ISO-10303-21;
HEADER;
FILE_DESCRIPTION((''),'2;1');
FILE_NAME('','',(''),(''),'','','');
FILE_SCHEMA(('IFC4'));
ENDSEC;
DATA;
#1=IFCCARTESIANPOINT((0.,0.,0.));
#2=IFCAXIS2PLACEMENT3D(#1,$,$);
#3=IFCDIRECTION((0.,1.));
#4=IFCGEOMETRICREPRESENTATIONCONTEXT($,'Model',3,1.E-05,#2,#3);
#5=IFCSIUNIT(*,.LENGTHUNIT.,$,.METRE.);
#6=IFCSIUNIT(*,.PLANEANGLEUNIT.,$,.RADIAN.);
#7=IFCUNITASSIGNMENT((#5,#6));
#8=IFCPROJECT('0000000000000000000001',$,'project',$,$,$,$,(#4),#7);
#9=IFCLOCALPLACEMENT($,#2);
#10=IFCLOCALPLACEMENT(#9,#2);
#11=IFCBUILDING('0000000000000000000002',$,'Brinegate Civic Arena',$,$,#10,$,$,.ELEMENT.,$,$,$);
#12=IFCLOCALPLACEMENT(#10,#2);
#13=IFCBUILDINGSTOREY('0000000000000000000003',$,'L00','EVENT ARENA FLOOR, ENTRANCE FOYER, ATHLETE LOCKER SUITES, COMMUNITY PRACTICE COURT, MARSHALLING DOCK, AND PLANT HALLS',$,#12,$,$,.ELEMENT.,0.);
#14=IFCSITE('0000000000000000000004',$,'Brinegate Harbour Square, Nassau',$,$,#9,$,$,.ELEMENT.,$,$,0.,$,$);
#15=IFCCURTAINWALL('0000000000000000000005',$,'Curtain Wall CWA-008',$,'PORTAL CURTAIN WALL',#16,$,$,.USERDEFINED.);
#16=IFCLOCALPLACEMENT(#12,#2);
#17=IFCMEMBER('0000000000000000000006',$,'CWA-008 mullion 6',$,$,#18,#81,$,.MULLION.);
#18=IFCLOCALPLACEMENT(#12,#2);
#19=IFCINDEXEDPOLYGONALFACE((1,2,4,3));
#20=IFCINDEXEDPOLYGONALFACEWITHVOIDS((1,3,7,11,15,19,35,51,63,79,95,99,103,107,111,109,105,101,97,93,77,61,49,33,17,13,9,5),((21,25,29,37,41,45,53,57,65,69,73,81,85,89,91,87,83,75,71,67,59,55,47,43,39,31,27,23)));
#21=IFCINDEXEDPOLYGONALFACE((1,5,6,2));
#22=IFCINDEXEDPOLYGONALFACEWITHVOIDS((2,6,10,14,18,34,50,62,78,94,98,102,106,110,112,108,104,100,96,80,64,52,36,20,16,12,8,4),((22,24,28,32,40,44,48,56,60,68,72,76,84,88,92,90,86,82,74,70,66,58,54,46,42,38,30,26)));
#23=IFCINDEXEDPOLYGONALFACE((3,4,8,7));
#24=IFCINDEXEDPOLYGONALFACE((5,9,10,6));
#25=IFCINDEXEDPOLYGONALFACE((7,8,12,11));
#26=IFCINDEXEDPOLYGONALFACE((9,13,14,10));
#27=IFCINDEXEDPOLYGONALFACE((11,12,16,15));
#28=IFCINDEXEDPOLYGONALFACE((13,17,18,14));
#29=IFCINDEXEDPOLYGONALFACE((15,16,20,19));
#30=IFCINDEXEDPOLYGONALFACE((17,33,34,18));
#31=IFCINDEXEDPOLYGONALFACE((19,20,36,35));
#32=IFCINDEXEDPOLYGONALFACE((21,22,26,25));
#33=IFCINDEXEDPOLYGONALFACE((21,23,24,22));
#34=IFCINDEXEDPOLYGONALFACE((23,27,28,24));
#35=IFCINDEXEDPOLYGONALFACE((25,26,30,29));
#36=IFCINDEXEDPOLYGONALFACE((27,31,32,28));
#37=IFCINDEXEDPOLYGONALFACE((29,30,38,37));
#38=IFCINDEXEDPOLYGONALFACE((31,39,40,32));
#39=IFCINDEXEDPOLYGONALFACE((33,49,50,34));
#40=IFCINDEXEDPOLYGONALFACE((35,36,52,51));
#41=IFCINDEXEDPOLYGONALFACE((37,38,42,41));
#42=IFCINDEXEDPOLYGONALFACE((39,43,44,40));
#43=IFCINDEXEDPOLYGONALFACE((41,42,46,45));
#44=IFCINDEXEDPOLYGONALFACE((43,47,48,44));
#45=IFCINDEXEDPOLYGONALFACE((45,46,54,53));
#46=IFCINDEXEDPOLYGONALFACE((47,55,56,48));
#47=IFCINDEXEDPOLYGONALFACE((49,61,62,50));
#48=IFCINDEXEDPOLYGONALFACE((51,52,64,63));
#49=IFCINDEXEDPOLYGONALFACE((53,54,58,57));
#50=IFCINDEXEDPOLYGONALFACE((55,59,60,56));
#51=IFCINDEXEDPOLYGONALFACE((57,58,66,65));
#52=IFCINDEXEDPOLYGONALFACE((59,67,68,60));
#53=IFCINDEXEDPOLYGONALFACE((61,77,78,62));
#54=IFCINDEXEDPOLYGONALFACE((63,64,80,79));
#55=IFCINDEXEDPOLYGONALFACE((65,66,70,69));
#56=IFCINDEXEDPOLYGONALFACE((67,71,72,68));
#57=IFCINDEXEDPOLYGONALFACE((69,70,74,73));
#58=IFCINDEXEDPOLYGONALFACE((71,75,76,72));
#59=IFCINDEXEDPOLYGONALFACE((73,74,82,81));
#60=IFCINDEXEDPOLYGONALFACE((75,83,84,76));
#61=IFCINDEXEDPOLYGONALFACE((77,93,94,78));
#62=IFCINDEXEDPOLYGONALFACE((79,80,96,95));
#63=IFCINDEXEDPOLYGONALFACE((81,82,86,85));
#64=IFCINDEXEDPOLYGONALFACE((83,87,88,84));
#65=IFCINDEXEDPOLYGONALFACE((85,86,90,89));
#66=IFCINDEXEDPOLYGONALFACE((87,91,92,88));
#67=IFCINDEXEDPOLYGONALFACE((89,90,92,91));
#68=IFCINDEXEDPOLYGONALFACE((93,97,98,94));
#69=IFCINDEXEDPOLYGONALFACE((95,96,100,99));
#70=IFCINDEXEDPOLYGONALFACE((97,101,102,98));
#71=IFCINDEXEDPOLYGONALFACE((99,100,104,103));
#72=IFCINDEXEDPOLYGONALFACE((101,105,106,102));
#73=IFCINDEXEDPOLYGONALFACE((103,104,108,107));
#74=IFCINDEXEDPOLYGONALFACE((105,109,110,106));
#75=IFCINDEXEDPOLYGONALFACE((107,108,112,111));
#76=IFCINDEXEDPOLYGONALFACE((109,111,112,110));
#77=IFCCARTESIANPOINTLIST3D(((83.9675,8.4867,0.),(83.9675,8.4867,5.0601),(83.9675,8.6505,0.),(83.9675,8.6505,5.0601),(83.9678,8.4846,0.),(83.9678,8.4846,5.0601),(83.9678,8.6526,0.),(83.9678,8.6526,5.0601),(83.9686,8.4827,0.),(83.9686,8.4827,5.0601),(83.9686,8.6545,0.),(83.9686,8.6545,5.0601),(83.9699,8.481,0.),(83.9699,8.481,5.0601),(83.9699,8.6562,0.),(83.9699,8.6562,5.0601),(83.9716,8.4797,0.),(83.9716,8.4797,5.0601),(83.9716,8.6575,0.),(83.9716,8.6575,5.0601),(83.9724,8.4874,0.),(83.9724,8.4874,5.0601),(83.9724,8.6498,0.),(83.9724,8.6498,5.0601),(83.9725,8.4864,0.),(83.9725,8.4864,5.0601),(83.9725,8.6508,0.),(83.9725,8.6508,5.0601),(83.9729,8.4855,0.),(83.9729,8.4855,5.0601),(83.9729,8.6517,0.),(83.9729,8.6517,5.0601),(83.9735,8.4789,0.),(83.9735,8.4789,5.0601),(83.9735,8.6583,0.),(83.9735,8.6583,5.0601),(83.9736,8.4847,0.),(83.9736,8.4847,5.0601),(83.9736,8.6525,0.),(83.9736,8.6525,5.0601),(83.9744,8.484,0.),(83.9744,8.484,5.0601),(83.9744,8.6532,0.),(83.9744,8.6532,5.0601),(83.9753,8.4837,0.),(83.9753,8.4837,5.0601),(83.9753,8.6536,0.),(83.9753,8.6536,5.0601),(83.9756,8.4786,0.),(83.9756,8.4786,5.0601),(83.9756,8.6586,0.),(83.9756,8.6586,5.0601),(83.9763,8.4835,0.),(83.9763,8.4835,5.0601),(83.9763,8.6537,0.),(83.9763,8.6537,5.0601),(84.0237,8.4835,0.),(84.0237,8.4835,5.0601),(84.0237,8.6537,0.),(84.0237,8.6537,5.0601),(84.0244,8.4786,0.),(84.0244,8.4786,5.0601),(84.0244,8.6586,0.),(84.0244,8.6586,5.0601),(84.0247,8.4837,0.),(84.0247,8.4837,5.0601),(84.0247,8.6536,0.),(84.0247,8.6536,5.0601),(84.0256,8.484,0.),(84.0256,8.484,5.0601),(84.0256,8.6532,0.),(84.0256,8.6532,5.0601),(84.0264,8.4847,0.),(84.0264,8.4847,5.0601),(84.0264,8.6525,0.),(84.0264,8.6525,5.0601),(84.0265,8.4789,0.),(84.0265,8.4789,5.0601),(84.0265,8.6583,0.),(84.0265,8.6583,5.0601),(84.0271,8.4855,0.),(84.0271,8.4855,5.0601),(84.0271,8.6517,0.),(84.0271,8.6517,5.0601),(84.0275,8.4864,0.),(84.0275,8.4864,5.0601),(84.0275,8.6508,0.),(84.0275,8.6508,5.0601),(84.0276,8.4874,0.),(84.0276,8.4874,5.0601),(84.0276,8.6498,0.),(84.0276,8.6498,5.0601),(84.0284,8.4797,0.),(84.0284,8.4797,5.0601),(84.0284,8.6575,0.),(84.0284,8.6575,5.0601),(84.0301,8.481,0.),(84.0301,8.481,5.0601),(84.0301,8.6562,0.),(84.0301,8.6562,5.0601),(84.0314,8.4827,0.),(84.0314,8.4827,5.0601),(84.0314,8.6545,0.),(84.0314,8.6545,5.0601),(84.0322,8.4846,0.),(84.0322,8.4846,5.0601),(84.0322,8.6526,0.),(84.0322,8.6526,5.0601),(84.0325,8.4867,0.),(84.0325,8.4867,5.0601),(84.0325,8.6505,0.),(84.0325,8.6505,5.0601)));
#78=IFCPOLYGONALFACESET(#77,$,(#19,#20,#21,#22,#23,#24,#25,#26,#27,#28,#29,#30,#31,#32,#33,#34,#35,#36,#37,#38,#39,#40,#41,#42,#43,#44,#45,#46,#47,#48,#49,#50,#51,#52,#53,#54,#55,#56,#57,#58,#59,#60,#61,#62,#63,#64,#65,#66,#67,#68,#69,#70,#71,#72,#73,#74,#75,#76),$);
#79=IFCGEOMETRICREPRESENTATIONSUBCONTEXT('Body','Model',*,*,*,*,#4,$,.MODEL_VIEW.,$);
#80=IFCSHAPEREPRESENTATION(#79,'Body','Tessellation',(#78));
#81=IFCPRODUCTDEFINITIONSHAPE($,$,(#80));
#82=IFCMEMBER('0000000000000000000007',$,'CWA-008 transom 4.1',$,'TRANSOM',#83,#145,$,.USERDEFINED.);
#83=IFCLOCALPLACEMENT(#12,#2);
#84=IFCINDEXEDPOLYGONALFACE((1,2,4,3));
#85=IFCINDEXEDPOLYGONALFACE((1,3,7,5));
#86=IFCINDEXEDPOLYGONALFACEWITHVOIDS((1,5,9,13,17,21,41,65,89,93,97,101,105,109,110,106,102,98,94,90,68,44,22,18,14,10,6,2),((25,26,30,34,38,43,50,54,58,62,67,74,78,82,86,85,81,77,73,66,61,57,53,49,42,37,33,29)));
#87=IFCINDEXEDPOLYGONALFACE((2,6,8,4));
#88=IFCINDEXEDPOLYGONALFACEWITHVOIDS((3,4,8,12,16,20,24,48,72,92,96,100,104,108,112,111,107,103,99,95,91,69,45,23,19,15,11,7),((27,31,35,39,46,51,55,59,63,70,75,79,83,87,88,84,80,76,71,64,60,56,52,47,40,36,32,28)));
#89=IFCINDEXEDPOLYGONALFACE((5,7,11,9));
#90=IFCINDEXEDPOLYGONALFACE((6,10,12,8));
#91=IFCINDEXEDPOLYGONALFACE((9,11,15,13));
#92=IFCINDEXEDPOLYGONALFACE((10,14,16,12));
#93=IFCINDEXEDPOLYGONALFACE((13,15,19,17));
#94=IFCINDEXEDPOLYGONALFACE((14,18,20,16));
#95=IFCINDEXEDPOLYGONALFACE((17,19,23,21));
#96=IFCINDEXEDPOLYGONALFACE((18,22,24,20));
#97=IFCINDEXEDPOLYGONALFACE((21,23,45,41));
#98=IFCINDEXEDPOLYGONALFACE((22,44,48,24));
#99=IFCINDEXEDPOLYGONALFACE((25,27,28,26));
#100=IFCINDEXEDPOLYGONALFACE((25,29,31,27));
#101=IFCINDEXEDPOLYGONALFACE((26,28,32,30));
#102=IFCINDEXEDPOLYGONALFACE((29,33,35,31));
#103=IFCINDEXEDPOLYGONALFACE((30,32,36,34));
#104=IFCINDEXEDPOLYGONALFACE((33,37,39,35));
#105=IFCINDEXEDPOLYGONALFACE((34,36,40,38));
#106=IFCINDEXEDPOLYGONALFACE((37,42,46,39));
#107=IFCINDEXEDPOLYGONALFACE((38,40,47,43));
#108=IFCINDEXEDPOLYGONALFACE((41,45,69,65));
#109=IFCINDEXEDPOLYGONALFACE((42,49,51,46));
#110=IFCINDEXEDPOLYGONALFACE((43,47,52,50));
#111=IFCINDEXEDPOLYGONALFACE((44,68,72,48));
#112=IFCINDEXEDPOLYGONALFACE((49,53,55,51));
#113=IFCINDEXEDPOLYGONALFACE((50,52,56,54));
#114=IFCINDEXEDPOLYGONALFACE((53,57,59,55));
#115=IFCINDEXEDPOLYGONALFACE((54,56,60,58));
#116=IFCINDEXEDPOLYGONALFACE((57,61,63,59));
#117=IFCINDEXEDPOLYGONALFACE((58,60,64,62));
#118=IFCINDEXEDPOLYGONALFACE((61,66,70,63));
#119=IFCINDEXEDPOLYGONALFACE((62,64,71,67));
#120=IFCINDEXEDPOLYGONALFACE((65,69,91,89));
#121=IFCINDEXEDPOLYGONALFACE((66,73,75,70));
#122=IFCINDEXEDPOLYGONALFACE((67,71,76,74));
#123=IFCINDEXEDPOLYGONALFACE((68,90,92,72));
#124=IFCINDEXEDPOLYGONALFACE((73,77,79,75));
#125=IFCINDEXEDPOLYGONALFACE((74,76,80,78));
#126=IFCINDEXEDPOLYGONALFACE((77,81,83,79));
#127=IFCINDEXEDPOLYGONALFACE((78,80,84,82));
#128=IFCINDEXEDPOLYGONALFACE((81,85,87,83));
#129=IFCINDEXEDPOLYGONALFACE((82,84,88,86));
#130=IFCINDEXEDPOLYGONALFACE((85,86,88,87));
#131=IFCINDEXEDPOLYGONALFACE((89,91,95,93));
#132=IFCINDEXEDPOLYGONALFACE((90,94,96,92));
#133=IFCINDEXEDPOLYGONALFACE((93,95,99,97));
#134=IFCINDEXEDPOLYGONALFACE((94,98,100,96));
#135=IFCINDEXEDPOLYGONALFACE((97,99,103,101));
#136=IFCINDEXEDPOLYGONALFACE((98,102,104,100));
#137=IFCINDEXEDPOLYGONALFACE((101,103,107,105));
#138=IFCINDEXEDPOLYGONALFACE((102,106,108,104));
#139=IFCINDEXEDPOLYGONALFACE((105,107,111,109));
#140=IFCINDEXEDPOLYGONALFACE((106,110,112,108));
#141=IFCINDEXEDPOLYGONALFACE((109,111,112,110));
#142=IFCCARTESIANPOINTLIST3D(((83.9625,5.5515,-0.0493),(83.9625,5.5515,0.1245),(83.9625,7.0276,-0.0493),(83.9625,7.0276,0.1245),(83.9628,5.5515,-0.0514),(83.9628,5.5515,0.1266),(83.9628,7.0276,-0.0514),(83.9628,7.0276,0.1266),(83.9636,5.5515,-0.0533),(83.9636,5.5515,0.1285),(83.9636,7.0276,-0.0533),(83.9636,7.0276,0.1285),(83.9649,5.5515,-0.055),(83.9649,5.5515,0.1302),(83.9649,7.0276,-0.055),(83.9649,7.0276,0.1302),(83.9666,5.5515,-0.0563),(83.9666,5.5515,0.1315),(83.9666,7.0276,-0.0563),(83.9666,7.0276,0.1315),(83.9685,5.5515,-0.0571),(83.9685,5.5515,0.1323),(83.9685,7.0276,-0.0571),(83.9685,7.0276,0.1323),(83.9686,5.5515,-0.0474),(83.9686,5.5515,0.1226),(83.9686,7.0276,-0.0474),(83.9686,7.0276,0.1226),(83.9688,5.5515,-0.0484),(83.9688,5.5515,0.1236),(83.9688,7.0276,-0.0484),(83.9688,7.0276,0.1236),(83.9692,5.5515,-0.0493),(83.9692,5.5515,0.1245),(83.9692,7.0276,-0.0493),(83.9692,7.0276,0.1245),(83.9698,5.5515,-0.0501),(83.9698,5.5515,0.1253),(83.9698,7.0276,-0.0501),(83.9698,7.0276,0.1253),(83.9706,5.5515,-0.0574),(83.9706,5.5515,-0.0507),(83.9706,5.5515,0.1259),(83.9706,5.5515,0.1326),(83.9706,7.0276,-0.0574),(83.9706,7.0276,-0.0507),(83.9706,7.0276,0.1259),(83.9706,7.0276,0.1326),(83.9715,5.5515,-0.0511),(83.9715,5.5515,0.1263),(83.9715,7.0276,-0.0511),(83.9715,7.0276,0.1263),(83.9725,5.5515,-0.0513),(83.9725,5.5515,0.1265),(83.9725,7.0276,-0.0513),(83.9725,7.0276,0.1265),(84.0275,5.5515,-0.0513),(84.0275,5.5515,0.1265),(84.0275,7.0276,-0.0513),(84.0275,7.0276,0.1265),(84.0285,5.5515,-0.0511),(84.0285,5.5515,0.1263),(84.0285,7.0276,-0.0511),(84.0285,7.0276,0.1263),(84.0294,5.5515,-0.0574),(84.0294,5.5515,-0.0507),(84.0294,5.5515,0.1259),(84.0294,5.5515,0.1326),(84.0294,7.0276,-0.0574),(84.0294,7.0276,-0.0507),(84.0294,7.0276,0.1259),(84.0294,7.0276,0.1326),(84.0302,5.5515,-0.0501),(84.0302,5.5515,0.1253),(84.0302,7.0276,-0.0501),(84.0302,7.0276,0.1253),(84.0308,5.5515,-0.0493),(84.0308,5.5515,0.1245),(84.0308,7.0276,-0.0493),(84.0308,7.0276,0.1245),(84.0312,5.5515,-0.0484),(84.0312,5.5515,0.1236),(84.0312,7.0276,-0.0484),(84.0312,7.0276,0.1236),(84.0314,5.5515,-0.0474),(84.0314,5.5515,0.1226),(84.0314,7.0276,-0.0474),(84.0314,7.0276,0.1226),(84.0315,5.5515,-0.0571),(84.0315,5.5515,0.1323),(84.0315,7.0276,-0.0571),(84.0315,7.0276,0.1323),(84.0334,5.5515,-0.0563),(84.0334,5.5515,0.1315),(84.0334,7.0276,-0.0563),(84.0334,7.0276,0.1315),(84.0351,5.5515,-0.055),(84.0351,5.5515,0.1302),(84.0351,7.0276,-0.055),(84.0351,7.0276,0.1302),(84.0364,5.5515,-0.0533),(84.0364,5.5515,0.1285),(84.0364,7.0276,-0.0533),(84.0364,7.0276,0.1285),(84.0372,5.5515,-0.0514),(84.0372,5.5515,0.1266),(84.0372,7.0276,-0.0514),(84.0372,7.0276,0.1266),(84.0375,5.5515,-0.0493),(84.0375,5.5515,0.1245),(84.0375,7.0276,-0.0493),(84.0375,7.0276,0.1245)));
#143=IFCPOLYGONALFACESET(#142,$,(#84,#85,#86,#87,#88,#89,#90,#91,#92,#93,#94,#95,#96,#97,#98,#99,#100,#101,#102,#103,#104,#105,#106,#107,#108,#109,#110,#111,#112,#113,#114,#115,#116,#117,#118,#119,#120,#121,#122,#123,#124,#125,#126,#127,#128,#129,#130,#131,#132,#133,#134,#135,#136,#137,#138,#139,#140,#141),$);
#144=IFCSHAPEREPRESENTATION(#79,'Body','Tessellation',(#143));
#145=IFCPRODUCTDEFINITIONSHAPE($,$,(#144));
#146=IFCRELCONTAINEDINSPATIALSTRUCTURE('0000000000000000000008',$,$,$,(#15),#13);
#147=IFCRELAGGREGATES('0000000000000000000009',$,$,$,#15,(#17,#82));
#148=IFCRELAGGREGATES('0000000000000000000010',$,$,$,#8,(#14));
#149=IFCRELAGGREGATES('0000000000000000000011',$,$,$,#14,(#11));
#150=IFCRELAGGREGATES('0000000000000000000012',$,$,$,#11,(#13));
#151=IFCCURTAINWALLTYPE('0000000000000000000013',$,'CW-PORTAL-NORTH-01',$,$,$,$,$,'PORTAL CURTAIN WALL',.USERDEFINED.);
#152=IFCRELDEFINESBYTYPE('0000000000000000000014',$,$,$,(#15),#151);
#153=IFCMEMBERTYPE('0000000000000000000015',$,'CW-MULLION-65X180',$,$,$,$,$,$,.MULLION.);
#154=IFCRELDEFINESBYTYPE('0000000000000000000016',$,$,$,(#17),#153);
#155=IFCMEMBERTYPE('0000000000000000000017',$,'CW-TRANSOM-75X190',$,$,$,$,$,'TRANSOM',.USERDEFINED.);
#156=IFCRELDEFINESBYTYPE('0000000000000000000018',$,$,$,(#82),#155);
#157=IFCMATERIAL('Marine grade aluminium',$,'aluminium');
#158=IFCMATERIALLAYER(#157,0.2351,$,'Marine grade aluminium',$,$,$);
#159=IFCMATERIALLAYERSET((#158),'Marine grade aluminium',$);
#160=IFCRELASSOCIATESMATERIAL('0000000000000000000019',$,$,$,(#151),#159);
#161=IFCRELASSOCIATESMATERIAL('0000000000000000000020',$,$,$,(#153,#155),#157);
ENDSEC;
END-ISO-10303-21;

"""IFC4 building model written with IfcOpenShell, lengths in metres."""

from ifc_helpers import new_model, si_unit, direction, frame, origin, origin_2d, place, context, subcontext, project, spatial, hollow_rectangle, extrude, material, layer, layer_set, material_profile, profile_set, type_object, element, aggregate, save


model = new_model("IFC4")

# Units and contexts
model_context = context("Model", 3, precision=1e-05, world=origin(), true_north=direction((0.0, 1.0)))
body_context = subcontext(model_context, "Body", "Model", "MODEL_VIEW")
ifc_project = project(units=[si_unit("LENGTHUNIT", "METRE"), si_unit("PLANEANGLEUNIT", "RADIAN")], contexts=[model_context])

# Site, building, storey
site_placement = place(None, origin())
site = spatial("IfcSite", under=ifc_project, at=site_placement, Name="Brinegate Harbour Square, Nassau", CompositionType="ELEMENT", RefElevation=0.0)
building_placement = place(site_placement, origin())
building = spatial("IfcBuilding", under=site, at=building_placement, Name="Brinegate Civic Arena", CompositionType="ELEMENT")
storey_placement = place(building_placement, origin())
storey = spatial("IfcBuildingStorey", under=building, at=storey_placement, Name="L00", Description="EVENT ARENA FLOOR, ENTRANCE FOYER, ATHLETE LOCKER SUITES, COMMUNITY PRACTICE COURT, MARSHALLING DOCK, AND PLANT HALLS", CompositionType="ELEMENT", Elevation=0.0)

# Curtain wall, members
ifc_material_1 = material(Name="Marine grade aluminium", Category="aluminium")
ifc_layer_1 = layer(ifc_material_1, 0.2351, Name="Marine grade aluminium")
ifc_layer_set_1 = layer_set([ifc_layer_1], Name="Marine grade aluminium")
curtain_wall_type = type_object("IfcCurtainWallType", Name="CW-PORTAL-NORTH-01", ElementType="PORTAL CURTAIN WALL", PredefinedType="USERDEFINED", material=ifc_layer_set_1)
curtain_wall_placement = place(storey_placement, origin())
curtain_wall = element("IfcCurtainWall", 1, at=curtain_wall_placement, inside=storey, type_object=curtain_wall_type, Name="Curtain Wall CWA-008", ObjectType="PORTAL CURTAIN WALL", PredefinedType="USERDEFINED")
ifc_material_profile_1 = material_profile(ifc_material_1, hollow_rectangle(XDim=0.0649, YDim=0.1799, WallThickness=0.0049, InnerFilletRadius=0.0039, OuterFilletRadius=0.0081, at=origin_2d()), Name="MUL65X180")
ifc_profile_set_1 = profile_set([ifc_material_profile_1], Name="Marine grade aluminium")
member_type_1 = type_object("IfcMemberType", Name="CW-MULLION-65X180", PredefinedType="MULLION", material=ifc_profile_set_1)
member_1_placement = place(storey_placement, frame((84.0, 8.5686, 0.0), z_axis=(0.0, 0.0, 1.0), x_axis=(-1.0, 0.0, 0.0)))
member_1 = element("IfcMember", 2, at=member_1_placement, type_object=member_type_1, Name="CWA-008 mullion 6", PredefinedType="MULLION", context=body_context, shape_type="SweptSolid", body=[
    extrude(hollow_rectangle(XDim=0.0649, YDim=0.1799, WallThickness=0.0049, InnerFilletRadius=0.0039, OuterFilletRadius=0.0081, at=origin_2d()), origin(), (0.0, 0.0, 1.0), 5.0601),
])
ifc_material_profile_2 = material_profile(ifc_material_1, hollow_rectangle(XDim=0.075, YDim=0.1899, WallThickness=0.0061, InnerFilletRadius=0.0039, OuterFilletRadius=0.0081, at=origin_2d()), Name="TRN75X190")
ifc_profile_set_2 = profile_set([ifc_material_profile_2], Name="Marine grade aluminium")
member_type_2 = type_object("IfcMemberType", Name="CW-TRANSOM-75X190", ElementType="TRANSOM", PredefinedType="USERDEFINED", material=ifc_profile_set_2)
member_2_placement = place(storey_placement, frame((84.0, 5.5515, 0.0376), z_axis=(0.0, 1.0, 0.0), x_axis=(-1.0, 0.0, 0.0)))
member_2 = element("IfcMember", 3, at=member_2_placement, type_object=member_type_2, Name="CWA-008 transom 4.1", ObjectType="TRANSOM", PredefinedType="USERDEFINED", context=body_context, shape_type="SweptSolid", body=[
    extrude(hollow_rectangle(XDim=0.075, YDim=0.1899, WallThickness=0.0061, InnerFilletRadius=0.0039, OuterFilletRadius=0.0081, at=origin_2d()), origin(), (0.0, 0.0, 1.0), 1.4761),
])
aggregate(curtain_wall, [member_1, member_2])

save(model, "model.ifc")
